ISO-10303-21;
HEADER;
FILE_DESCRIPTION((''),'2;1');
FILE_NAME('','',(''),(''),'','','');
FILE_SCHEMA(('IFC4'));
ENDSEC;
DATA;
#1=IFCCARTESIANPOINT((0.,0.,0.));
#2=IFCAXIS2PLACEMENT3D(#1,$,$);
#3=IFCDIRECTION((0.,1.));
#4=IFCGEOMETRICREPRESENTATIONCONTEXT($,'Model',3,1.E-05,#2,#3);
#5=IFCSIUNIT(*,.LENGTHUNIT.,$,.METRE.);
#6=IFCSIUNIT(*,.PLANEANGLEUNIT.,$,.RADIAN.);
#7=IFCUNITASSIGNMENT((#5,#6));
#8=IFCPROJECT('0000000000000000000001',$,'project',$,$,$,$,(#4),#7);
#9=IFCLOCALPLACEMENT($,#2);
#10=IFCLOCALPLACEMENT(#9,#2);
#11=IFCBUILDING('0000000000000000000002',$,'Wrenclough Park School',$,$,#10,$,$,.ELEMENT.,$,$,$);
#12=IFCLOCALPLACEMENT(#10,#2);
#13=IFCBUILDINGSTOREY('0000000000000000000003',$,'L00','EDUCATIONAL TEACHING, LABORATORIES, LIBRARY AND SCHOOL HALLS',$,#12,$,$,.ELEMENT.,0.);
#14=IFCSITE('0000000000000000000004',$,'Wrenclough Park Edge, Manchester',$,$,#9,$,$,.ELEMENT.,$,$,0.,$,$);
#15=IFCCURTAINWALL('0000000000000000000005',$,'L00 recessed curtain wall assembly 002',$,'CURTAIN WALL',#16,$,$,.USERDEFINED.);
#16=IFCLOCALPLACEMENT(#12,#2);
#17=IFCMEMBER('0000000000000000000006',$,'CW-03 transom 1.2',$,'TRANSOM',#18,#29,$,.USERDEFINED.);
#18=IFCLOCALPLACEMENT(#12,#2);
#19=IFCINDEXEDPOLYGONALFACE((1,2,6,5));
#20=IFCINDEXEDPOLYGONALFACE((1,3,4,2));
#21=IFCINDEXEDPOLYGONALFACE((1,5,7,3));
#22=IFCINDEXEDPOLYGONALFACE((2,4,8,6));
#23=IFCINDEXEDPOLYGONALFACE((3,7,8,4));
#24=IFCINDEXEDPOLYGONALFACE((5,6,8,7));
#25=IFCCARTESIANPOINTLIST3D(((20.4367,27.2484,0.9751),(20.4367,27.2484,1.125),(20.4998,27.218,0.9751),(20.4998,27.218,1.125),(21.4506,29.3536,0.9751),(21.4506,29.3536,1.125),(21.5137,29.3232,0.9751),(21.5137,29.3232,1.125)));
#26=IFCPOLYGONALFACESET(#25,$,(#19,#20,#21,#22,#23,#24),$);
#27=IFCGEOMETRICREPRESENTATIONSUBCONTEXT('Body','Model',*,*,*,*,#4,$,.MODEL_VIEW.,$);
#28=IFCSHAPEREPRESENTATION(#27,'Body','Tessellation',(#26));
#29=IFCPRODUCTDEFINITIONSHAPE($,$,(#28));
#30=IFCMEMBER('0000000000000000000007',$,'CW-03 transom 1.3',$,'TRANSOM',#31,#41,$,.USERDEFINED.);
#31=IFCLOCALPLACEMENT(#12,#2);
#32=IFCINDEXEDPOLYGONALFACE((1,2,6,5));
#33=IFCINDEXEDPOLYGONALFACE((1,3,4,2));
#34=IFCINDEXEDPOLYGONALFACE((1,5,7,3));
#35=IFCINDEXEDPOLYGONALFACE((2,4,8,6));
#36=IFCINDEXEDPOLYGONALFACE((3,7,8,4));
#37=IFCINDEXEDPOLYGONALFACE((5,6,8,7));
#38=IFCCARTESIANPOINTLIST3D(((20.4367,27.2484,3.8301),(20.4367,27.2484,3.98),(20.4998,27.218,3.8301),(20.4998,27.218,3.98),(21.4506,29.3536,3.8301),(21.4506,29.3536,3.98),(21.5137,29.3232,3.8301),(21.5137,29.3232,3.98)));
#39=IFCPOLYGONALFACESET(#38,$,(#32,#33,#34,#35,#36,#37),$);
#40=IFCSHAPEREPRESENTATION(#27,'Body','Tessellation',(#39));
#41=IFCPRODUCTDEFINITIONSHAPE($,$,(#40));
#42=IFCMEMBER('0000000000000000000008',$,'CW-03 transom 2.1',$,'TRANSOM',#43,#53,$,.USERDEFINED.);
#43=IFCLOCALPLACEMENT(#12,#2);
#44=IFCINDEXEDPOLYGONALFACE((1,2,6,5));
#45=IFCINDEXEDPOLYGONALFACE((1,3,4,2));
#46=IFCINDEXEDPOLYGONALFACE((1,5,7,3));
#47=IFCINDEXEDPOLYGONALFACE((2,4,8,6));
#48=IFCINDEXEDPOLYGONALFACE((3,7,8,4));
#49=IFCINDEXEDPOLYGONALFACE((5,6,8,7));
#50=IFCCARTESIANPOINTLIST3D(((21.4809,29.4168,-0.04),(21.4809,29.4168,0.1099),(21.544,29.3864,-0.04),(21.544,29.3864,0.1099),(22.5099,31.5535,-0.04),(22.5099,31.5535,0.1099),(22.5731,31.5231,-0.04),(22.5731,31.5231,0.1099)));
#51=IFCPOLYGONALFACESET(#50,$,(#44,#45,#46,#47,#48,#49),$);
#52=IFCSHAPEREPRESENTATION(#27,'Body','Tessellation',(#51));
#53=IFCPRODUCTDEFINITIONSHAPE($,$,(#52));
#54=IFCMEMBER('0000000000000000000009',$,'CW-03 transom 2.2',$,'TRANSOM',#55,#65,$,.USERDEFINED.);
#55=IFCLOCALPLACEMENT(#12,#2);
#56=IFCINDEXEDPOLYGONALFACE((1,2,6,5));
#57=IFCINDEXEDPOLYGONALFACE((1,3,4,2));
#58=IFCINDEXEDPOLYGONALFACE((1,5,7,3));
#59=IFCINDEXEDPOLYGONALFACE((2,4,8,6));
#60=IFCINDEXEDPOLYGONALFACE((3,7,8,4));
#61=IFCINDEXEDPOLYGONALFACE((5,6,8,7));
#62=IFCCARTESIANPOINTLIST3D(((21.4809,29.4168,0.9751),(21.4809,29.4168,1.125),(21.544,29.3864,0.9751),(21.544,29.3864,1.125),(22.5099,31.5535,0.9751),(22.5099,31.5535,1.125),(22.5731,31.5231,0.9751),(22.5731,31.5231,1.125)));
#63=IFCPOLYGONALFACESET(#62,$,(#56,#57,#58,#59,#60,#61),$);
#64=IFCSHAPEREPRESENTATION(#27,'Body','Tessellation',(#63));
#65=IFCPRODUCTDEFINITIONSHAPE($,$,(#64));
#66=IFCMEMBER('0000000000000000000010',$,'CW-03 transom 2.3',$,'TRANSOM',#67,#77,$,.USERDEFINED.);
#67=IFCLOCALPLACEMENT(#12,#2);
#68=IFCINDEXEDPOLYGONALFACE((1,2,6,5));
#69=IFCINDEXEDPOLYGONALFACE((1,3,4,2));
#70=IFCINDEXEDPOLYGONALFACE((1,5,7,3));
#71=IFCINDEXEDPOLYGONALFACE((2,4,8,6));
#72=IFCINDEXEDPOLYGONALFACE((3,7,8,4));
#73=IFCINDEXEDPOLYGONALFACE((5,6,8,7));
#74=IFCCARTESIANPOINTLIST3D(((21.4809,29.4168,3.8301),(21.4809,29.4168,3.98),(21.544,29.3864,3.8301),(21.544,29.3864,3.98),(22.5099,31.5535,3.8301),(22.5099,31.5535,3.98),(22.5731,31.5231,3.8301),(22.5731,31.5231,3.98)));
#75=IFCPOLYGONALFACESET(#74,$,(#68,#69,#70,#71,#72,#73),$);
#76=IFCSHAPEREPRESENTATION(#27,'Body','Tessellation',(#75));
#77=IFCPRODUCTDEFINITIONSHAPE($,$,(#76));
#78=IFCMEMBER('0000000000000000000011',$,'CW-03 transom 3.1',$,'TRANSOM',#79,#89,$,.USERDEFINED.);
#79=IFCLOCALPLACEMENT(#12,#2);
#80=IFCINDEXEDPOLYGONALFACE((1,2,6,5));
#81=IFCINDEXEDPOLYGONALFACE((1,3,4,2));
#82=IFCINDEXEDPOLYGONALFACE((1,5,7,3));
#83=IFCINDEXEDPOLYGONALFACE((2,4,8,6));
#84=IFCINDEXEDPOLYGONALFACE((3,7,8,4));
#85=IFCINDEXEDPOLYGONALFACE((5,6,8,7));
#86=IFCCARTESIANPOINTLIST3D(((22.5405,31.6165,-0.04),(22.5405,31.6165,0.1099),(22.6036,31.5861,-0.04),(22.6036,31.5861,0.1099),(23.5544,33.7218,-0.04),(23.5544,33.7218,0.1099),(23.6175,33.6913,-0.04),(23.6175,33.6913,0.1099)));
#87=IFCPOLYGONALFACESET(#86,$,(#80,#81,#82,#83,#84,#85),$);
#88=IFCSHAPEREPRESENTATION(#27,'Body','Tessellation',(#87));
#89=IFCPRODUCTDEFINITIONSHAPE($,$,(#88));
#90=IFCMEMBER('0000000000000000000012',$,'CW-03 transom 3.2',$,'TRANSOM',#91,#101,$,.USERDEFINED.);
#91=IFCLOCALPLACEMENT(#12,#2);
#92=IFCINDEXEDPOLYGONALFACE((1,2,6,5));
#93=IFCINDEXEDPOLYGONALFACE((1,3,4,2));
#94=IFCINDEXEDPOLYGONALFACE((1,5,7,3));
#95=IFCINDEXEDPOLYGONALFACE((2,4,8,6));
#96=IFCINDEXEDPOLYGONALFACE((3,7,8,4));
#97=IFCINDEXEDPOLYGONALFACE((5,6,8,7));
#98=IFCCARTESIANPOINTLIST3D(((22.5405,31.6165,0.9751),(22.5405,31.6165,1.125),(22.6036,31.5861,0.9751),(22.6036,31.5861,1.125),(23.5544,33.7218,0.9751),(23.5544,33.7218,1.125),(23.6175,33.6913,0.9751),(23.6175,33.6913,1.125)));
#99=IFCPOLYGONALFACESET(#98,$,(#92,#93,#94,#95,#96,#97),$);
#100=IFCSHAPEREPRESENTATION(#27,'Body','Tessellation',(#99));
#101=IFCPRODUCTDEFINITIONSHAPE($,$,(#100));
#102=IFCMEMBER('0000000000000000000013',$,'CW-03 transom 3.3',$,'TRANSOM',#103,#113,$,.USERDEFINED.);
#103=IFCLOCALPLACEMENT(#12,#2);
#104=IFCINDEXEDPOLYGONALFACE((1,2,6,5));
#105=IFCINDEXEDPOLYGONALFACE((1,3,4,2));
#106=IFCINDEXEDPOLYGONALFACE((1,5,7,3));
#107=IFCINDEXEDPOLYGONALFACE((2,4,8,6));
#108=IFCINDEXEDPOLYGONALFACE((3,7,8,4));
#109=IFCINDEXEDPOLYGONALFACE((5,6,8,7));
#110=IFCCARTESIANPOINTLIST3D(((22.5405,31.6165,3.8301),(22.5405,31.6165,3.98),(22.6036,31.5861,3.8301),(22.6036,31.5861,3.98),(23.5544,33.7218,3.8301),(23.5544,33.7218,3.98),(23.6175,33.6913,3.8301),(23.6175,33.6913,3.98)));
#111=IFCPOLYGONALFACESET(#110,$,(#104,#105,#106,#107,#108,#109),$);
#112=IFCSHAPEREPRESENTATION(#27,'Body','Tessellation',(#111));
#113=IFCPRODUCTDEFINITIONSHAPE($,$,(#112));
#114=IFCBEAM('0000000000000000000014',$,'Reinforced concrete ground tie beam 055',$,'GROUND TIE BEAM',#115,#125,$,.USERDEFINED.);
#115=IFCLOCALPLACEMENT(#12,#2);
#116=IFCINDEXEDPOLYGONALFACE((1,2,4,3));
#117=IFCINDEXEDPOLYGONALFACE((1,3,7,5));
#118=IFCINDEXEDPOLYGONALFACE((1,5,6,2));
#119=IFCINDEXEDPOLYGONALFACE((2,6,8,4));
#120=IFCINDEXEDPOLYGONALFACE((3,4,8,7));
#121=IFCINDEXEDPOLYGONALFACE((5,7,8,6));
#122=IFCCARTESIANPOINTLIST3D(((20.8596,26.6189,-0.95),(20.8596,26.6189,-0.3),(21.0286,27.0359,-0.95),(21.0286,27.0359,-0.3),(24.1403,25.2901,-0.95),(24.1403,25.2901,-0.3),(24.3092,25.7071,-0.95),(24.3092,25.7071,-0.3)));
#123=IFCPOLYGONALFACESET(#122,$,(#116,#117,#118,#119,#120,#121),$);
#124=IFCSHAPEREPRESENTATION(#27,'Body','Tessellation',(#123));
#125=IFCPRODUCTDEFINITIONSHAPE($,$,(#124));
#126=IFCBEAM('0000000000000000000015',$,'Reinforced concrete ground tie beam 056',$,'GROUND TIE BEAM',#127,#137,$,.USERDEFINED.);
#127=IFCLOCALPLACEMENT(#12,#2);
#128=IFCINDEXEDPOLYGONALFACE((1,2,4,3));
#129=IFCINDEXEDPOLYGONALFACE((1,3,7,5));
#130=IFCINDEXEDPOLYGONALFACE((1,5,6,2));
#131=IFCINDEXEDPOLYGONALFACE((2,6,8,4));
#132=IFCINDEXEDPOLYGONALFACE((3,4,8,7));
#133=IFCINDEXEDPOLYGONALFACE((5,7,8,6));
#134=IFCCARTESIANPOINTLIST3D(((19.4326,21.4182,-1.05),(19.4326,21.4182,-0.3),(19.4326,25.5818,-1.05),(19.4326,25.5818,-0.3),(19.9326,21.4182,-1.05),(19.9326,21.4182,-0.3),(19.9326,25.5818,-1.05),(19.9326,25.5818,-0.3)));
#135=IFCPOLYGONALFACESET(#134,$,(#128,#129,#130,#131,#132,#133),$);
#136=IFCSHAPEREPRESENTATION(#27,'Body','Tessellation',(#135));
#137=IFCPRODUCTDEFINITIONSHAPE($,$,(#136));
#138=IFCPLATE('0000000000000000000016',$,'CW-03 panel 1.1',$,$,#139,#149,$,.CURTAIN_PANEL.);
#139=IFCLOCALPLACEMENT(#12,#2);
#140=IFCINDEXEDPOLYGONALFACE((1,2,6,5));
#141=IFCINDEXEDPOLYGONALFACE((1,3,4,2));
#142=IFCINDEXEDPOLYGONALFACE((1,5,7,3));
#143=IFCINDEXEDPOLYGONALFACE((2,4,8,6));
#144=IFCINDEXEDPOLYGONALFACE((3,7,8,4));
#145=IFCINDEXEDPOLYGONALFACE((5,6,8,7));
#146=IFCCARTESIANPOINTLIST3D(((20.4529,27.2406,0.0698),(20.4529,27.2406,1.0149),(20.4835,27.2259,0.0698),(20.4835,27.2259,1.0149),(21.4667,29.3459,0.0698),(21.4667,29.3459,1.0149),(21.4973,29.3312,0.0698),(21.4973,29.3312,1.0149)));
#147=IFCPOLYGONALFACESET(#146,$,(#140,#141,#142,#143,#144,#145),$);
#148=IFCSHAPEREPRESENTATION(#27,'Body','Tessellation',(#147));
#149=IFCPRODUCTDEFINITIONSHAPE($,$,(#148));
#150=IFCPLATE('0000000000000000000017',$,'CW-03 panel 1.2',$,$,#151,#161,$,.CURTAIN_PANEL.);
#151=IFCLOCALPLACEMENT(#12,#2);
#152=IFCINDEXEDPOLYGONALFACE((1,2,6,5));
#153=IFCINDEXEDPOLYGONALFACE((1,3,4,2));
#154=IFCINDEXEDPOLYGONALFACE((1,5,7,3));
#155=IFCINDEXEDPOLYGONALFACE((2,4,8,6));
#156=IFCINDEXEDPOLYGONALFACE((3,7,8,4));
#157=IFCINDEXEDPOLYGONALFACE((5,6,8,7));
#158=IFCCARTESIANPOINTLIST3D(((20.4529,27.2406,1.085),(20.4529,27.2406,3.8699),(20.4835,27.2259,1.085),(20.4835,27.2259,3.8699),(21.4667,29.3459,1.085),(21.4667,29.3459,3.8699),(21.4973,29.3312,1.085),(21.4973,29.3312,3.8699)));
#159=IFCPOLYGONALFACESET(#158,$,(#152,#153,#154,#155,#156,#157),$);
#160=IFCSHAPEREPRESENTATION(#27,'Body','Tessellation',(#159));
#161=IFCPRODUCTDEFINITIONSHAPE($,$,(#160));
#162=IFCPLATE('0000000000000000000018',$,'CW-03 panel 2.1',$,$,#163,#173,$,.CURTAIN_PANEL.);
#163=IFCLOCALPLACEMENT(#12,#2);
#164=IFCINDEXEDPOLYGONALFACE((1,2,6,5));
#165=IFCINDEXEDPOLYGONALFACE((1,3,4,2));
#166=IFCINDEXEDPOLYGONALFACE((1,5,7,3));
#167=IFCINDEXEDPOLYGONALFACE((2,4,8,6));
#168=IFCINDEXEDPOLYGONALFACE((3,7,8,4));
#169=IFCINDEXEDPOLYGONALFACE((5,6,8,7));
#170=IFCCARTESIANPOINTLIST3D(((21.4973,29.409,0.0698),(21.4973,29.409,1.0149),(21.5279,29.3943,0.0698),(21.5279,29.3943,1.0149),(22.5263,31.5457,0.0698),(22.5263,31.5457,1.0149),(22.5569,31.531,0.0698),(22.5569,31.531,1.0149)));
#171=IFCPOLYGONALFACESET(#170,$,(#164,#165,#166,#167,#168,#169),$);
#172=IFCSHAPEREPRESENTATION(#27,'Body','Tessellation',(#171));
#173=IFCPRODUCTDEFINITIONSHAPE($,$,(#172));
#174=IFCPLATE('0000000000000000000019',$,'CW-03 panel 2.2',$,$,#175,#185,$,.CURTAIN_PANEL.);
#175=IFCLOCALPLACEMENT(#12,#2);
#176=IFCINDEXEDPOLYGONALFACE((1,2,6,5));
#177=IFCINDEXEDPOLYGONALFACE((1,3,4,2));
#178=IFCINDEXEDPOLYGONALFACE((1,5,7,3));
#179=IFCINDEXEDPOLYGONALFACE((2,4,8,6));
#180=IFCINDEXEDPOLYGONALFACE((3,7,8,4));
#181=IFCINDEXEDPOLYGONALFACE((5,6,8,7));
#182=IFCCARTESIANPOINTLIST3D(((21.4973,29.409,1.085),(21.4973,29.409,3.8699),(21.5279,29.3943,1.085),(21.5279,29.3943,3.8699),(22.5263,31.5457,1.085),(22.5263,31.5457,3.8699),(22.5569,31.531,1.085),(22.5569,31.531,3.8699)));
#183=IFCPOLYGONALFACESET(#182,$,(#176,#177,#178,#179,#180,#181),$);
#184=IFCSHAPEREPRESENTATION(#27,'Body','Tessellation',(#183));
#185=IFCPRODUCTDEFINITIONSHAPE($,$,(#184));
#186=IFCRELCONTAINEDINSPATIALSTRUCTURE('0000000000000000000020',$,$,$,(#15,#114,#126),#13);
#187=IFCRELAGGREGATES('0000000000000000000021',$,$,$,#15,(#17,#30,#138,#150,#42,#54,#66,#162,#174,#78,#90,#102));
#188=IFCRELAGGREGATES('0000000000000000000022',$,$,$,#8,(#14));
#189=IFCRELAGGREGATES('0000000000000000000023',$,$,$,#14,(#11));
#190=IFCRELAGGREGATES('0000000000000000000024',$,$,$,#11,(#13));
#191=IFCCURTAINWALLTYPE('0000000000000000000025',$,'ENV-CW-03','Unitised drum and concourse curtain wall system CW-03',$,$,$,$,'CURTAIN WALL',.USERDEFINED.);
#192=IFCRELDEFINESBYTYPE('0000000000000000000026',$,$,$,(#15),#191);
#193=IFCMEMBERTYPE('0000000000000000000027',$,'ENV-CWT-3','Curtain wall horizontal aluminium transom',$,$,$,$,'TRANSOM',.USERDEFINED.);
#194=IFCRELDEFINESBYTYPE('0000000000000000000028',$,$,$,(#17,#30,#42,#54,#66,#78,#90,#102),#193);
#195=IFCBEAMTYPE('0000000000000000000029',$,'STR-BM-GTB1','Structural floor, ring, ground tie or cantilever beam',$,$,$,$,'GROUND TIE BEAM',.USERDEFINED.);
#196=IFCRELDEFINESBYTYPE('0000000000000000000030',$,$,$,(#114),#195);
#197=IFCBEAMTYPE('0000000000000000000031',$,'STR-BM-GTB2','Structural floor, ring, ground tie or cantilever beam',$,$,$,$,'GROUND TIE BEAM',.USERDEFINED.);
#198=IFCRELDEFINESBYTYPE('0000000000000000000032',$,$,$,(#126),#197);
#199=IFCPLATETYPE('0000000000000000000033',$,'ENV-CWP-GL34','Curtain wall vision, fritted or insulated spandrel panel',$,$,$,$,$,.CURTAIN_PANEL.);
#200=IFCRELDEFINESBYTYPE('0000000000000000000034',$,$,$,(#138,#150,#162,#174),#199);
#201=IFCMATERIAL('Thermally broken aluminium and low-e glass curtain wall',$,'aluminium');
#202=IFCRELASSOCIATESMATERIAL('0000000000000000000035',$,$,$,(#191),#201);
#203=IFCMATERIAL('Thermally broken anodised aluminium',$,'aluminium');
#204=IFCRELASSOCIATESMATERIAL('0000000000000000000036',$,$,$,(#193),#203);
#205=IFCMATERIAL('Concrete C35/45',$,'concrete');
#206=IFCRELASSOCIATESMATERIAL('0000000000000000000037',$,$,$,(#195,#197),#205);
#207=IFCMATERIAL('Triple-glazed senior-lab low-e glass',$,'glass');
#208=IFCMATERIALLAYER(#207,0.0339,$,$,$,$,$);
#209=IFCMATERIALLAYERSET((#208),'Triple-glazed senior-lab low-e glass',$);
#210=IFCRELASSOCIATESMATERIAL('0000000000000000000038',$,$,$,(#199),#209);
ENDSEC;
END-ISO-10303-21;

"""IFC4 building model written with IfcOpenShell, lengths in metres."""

from ifc_helpers import new_model, si_unit, direction, frame, origin, origin_2d, place, context, subcontext, project, spatial, rectangle, extrude, material, layer, layer_set, material_profile, profile_set, type_object, element, aggregate, save


model = new_model("IFC4")

# Units and contexts
model_context = context("Model", 3, precision=1e-05, world=origin(), true_north=direction((0.0, 1.0)))
body_context = subcontext(model_context, "Body", "Model", "MODEL_VIEW")
ifc_project = project(units=[si_unit("LENGTHUNIT", "METRE"), si_unit("PLANEANGLEUNIT", "RADIAN")], contexts=[model_context])

# Site, building, storey
site_placement = place(None, origin())
site = spatial("IfcSite", under=ifc_project, at=site_placement, Name="Wrenclough Park Edge, Manchester", CompositionType="ELEMENT", RefElevation=0.0)
building_placement = place(site_placement, origin())
building = spatial("IfcBuilding", under=site, at=building_placement, Name="Wrenclough Park School", CompositionType="ELEMENT")
storey_placement = place(building_placement, origin())
storey = spatial("IfcBuildingStorey", under=building, at=storey_placement, Name="L00", Description="EDUCATIONAL TEACHING, LABORATORIES, LIBRARY AND SCHOOL HALLS", CompositionType="ELEMENT", Elevation=0.0)

# Shared definitions
ifc_material_1 = material(Name="Concrete C35/45", Category="concrete")

# Curtain wall, members
ifc_material_2 = material(Name="Thermally broken aluminium and low-e glass curtain wall", Category="aluminium")
curtain_wall_type = type_object("IfcCurtainWallType", Name="ENV-CW-03", Description="Unitised drum and concourse curtain wall system CW-03", ElementType="CURTAIN WALL", PredefinedType="USERDEFINED", material=ifc_material_2)
curtain_wall_placement = place(storey_placement, origin())
curtain_wall = element("IfcCurtainWall", 1, at=curtain_wall_placement, inside=storey, type_object=curtain_wall_type, Name="L00 recessed curtain wall assembly 002", ObjectType="CURTAIN WALL", PredefinedType="USERDEFINED")
ifc_material_3 = material(Name="Thermally broken anodised aluminium", Category="aluminium")
ifc_material_profile_1 = material_profile(ifc_material_3, rectangle(XDim=0.0701, YDim=0.1499, at=origin_2d()), Name="AL TRANSOM 70x150")
ifc_profile_set_1 = profile_set([ifc_material_profile_1], Name="Thermally broken anodised aluminium")
member_type_1 = type_object("IfcMemberType", Name="ENV-CWT-3", Description="Curtain wall horizontal aluminium transom", ElementType="TRANSOM", PredefinedType="USERDEFINED", material=ifc_profile_set_1)
member_1_placement = place(storey_placement, frame((20.4683, 27.2332, 1.05), z_axis=(0.433916, 0.900953, 0.0), x_axis=(-0.900953, 0.433916, 0.0)))
member_1 = element("IfcMember", 2, at=member_1_placement, type_object=member_type_1, Name="CW-03 transom 1.2", ObjectType="TRANSOM", PredefinedType="USERDEFINED", context=body_context, shape_type="SweptSolid", body=[
    extrude(rectangle(XDim=0.0701, YDim=0.1499, at=origin_2d()), origin(), (0.0, 0.0, 1.0), 2.3367),
])
member_2_placement = place(storey_placement, frame((20.4683, 27.2332, 3.905), z_axis=(0.433916, 0.900953, 0.0), x_axis=(-0.900953, 0.433916, 0.0)))
member_2 = element("IfcMember", 3, at=member_2_placement, type_object=member_type_1, Name="CW-03 transom 1.3", ObjectType="TRANSOM", PredefinedType="USERDEFINED", context=body_context, shape_type="SweptSolid", body=[
    extrude(rectangle(XDim=0.0701, YDim=0.1499, at=origin_2d()), origin(), (0.0, 0.0, 1.0), 2.3367),
])
member_3_placement = place(storey_placement, frame((21.5125, 29.4016, 0.0349), z_axis=(0.433905, 0.900958, 0.0), x_axis=(-0.900958, 0.433905, 0.0)))
member_3 = element("IfcMember", 4, at=member_3_placement, type_object=member_type_1, Name="CW-03 transom 2.1", ObjectType="TRANSOM", PredefinedType="USERDEFINED", context=body_context, shape_type="SweptSolid", body=[
    extrude(rectangle(XDim=0.0701, YDim=0.1499, at=origin_2d()), origin(), (0.0, 0.0, 1.0), 2.3716),
])
member_4_placement = place(storey_placement, frame((21.5125, 29.4016, 1.05), z_axis=(0.433905, 0.900958, 0.0), x_axis=(-0.900958, 0.433905, 0.0)))
member_4 = element("IfcMember", 5, at=member_4_placement, type_object=member_type_1, Name="CW-03 transom 2.2", ObjectType="TRANSOM", PredefinedType="USERDEFINED", context=body_context, shape_type="SweptSolid", body=[
    extrude(rectangle(XDim=0.0701, YDim=0.1499, at=origin_2d()), origin(), (0.0, 0.0, 1.0), 2.3716),
])
member_5_placement = place(storey_placement, frame((21.5125, 29.4016, 3.905), z_axis=(0.433905, 0.900958, 0.0), x_axis=(-0.900958, 0.433905, 0.0)))
member_5 = element("IfcMember", 6, at=member_5_placement, type_object=member_type_1, Name="CW-03 transom 2.3", ObjectType="TRANSOM", PredefinedType="USERDEFINED", context=body_context, shape_type="SweptSolid", body=[
    extrude(rectangle(XDim=0.0701, YDim=0.1499, at=origin_2d()), origin(), (0.0, 0.0, 1.0), 2.3716),
])
member_6_placement = place(storey_placement, frame((22.572, 31.6013, 0.0349), z_axis=(0.433916, 0.900953, 0.0), x_axis=(-0.900953, 0.433916, 0.0)))
member_6 = element("IfcMember", 7, at=member_6_placement, type_object=member_type_1, Name="CW-03 transom 3.1", ObjectType="TRANSOM", PredefinedType="USERDEFINED", context=body_context, shape_type="SweptSolid", body=[
    extrude(rectangle(XDim=0.0701, YDim=0.1499, at=origin_2d()), origin(), (0.0, 0.0, 1.0), 2.3367),
])
member_7_placement = place(storey_placement, frame((22.572, 31.6013, 1.05), z_axis=(0.433916, 0.900953, 0.0), x_axis=(-0.900953, 0.433916, 0.0)))
member_7 = element("IfcMember", 8, at=member_7_placement, type_object=member_type_1, Name="CW-03 transom 3.2", ObjectType="TRANSOM", PredefinedType="USERDEFINED", context=body_context, shape_type="SweptSolid", body=[
    extrude(rectangle(XDim=0.0701, YDim=0.1499, at=origin_2d()), origin(), (0.0, 0.0, 1.0), 2.3367),
])
member_8_placement = place(storey_placement, frame((22.572, 31.6013, 3.905), z_axis=(0.433916, 0.900953, 0.0), x_axis=(-0.900953, 0.433916, 0.0)))
member_8 = element("IfcMember", 9, at=member_8_placement, type_object=member_type_1, Name="CW-03 transom 3.3", ObjectType="TRANSOM", PredefinedType="USERDEFINED", context=body_context, shape_type="SweptSolid", body=[
    extrude(rectangle(XDim=0.0701, YDim=0.1499, at=origin_2d()), origin(), (0.0, 0.0, 1.0), 2.3367),
])

# Beams
ifc_material_profile_2 = material_profile(ifc_material_1, rectangle(XDim=0.45, YDim=0.6499, at=origin_2d()), Name="RC GROUND 450x650")
ifc_profile_set_2 = profile_set([ifc_material_profile_2], Name="Concrete C35/45")
beam_type_1 = type_object("IfcBeamType", Name="STR-BM-GTB1", Description="Structural floor, ring, ground tie or cantilever beam", ElementType="GROUND TIE BEAM", PredefinedType="USERDEFINED", material=ifc_profile_set_2)
beam_1_placement = place(storey_placement, frame((20.9441, 26.8274, -0.625), z_axis=(0.926855, -0.375419, 0.0), x_axis=(0.375419, 0.926855, 0.0)))
element("IfcBeam", 10, at=beam_1_placement, inside=storey, type_object=beam_type_1, Name="Reinforced concrete ground tie beam 055", ObjectType="GROUND TIE BEAM", PredefinedType="USERDEFINED", context=body_context, shape_type="SweptSolid", body=[
    extrude(rectangle(XDim=0.45, YDim=0.6499, at=origin_2d()), origin(), (0.0, 0.0, 1.0), 3.5396),
])
ifc_material_profile_3 = material_profile(ifc_material_1, rectangle(XDim=0.5, YDim=0.75, at=origin_2d()), Name="RC GROUND 500x750")
ifc_profile_set_3 = profile_set([ifc_material_profile_3], Name="Concrete C35/45")
beam_type_2 = type_object("IfcBeamType", Name="STR-BM-GTB2", Description="Structural floor, ring, ground tie or cantilever beam", ElementType="GROUND TIE BEAM", PredefinedType="USERDEFINED", material=ifc_profile_set_3)
beam_2_placement = place(storey_placement, frame((19.6826, 25.5818, -0.675), z_axis=(0.0, -1.0, 0.0), x_axis=(1.0, 0.0, 0.0)))
element("IfcBeam", 11, at=beam_2_placement, inside=storey, type_object=beam_type_2, Name="Reinforced concrete ground tie beam 056", ObjectType="GROUND TIE BEAM", PredefinedType="USERDEFINED", context=body_context, shape_type="SweptSolid", body=[
    extrude(rectangle(XDim=0.5, YDim=0.75, at=origin_2d()), origin(), (0.0, 0.0, 1.0), 4.1636),
])

# Plates
ifc_material_4 = material(Name="Triple-glazed senior-lab low-e glass", Category="glass")
ifc_layer_1 = layer(ifc_material_4, 0.0339)
ifc_layer_set_1 = layer_set([ifc_layer_1], Name="Triple-glazed senior-lab low-e glass")
plate_type_1 = type_object("IfcPlateType", Name="ENV-CWP-GL34", Description="Curtain wall vision, fritted or insulated spandrel panel", PredefinedType="CURTAIN_PANEL", material=ifc_layer_set_1)
plate_1_placement = place(storey_placement, frame((20.9751, 28.2859, 0.0698), z_axis=(0.0, 0.0, 1.0), x_axis=(0.433895, 0.900964, 0.0)))
plate_1 = element("IfcPlate", 12, at=plate_1_placement, type_object=plate_type_1, Name="CW-03 panel 1.1", PredefinedType="CURTAIN_PANEL", context=body_context, shape_type="SweptSolid", body=[
    extrude(rectangle(XDim=2.3367, YDim=0.0339, at=origin_2d()), origin(), (0.0, 0.0, 1.0), 0.9451),
])
plate_2_placement = place(storey_placement, frame((20.9751, 28.2859, 1.085), z_axis=(0.0, 0.0, 1.0), x_axis=(0.433895, 0.900964, 0.0)))
plate_2 = element("IfcPlate", 13, at=plate_2_placement, type_object=plate_type_1, Name="CW-03 panel 1.2", PredefinedType="CURTAIN_PANEL", context=body_context, shape_type="SweptSolid", body=[
    extrude(rectangle(XDim=2.3367, YDim=0.0339, at=origin_2d()), origin(), (0.0, 0.0, 1.0), 2.7849),
])
plate_3_placement = place(storey_placement, frame((22.0271, 30.47, 0.0698), z_axis=(0.0, 0.0, 1.0), x_axis=(0.433895, 0.900964, 0.0)))
plate_3 = element("IfcPlate", 14, at=plate_3_placement, type_object=plate_type_1, Name="CW-03 panel 2.1", PredefinedType="CURTAIN_PANEL", context=body_context, shape_type="SweptSolid", body=[
    extrude(rectangle(XDim=2.3716, YDim=0.0339, at=origin_2d()), origin(), (0.0, 0.0, 1.0), 0.9451),
])
plate_4_placement = place(storey_placement, frame((22.0271, 30.47, 1.085), z_axis=(0.0, 0.0, 1.0), x_axis=(0.433895, 0.900964, 0.0)))
plate_4 = element("IfcPlate", 15, at=plate_4_placement, type_object=plate_type_1, Name="CW-03 panel 2.2", PredefinedType="CURTAIN_PANEL", context=body_context, shape_type="SweptSolid", body=[
    extrude(rectangle(XDim=2.3716, YDim=0.0339, at=origin_2d()), origin(), (0.0, 0.0, 1.0), 2.7849),
])
aggregate(curtain_wall, [member_1, member_2, plate_1, plate_2, member_3, member_4, member_5, plate_3, plate_4, member_6, member_7, member_8])

save(model, "model.ifc")
